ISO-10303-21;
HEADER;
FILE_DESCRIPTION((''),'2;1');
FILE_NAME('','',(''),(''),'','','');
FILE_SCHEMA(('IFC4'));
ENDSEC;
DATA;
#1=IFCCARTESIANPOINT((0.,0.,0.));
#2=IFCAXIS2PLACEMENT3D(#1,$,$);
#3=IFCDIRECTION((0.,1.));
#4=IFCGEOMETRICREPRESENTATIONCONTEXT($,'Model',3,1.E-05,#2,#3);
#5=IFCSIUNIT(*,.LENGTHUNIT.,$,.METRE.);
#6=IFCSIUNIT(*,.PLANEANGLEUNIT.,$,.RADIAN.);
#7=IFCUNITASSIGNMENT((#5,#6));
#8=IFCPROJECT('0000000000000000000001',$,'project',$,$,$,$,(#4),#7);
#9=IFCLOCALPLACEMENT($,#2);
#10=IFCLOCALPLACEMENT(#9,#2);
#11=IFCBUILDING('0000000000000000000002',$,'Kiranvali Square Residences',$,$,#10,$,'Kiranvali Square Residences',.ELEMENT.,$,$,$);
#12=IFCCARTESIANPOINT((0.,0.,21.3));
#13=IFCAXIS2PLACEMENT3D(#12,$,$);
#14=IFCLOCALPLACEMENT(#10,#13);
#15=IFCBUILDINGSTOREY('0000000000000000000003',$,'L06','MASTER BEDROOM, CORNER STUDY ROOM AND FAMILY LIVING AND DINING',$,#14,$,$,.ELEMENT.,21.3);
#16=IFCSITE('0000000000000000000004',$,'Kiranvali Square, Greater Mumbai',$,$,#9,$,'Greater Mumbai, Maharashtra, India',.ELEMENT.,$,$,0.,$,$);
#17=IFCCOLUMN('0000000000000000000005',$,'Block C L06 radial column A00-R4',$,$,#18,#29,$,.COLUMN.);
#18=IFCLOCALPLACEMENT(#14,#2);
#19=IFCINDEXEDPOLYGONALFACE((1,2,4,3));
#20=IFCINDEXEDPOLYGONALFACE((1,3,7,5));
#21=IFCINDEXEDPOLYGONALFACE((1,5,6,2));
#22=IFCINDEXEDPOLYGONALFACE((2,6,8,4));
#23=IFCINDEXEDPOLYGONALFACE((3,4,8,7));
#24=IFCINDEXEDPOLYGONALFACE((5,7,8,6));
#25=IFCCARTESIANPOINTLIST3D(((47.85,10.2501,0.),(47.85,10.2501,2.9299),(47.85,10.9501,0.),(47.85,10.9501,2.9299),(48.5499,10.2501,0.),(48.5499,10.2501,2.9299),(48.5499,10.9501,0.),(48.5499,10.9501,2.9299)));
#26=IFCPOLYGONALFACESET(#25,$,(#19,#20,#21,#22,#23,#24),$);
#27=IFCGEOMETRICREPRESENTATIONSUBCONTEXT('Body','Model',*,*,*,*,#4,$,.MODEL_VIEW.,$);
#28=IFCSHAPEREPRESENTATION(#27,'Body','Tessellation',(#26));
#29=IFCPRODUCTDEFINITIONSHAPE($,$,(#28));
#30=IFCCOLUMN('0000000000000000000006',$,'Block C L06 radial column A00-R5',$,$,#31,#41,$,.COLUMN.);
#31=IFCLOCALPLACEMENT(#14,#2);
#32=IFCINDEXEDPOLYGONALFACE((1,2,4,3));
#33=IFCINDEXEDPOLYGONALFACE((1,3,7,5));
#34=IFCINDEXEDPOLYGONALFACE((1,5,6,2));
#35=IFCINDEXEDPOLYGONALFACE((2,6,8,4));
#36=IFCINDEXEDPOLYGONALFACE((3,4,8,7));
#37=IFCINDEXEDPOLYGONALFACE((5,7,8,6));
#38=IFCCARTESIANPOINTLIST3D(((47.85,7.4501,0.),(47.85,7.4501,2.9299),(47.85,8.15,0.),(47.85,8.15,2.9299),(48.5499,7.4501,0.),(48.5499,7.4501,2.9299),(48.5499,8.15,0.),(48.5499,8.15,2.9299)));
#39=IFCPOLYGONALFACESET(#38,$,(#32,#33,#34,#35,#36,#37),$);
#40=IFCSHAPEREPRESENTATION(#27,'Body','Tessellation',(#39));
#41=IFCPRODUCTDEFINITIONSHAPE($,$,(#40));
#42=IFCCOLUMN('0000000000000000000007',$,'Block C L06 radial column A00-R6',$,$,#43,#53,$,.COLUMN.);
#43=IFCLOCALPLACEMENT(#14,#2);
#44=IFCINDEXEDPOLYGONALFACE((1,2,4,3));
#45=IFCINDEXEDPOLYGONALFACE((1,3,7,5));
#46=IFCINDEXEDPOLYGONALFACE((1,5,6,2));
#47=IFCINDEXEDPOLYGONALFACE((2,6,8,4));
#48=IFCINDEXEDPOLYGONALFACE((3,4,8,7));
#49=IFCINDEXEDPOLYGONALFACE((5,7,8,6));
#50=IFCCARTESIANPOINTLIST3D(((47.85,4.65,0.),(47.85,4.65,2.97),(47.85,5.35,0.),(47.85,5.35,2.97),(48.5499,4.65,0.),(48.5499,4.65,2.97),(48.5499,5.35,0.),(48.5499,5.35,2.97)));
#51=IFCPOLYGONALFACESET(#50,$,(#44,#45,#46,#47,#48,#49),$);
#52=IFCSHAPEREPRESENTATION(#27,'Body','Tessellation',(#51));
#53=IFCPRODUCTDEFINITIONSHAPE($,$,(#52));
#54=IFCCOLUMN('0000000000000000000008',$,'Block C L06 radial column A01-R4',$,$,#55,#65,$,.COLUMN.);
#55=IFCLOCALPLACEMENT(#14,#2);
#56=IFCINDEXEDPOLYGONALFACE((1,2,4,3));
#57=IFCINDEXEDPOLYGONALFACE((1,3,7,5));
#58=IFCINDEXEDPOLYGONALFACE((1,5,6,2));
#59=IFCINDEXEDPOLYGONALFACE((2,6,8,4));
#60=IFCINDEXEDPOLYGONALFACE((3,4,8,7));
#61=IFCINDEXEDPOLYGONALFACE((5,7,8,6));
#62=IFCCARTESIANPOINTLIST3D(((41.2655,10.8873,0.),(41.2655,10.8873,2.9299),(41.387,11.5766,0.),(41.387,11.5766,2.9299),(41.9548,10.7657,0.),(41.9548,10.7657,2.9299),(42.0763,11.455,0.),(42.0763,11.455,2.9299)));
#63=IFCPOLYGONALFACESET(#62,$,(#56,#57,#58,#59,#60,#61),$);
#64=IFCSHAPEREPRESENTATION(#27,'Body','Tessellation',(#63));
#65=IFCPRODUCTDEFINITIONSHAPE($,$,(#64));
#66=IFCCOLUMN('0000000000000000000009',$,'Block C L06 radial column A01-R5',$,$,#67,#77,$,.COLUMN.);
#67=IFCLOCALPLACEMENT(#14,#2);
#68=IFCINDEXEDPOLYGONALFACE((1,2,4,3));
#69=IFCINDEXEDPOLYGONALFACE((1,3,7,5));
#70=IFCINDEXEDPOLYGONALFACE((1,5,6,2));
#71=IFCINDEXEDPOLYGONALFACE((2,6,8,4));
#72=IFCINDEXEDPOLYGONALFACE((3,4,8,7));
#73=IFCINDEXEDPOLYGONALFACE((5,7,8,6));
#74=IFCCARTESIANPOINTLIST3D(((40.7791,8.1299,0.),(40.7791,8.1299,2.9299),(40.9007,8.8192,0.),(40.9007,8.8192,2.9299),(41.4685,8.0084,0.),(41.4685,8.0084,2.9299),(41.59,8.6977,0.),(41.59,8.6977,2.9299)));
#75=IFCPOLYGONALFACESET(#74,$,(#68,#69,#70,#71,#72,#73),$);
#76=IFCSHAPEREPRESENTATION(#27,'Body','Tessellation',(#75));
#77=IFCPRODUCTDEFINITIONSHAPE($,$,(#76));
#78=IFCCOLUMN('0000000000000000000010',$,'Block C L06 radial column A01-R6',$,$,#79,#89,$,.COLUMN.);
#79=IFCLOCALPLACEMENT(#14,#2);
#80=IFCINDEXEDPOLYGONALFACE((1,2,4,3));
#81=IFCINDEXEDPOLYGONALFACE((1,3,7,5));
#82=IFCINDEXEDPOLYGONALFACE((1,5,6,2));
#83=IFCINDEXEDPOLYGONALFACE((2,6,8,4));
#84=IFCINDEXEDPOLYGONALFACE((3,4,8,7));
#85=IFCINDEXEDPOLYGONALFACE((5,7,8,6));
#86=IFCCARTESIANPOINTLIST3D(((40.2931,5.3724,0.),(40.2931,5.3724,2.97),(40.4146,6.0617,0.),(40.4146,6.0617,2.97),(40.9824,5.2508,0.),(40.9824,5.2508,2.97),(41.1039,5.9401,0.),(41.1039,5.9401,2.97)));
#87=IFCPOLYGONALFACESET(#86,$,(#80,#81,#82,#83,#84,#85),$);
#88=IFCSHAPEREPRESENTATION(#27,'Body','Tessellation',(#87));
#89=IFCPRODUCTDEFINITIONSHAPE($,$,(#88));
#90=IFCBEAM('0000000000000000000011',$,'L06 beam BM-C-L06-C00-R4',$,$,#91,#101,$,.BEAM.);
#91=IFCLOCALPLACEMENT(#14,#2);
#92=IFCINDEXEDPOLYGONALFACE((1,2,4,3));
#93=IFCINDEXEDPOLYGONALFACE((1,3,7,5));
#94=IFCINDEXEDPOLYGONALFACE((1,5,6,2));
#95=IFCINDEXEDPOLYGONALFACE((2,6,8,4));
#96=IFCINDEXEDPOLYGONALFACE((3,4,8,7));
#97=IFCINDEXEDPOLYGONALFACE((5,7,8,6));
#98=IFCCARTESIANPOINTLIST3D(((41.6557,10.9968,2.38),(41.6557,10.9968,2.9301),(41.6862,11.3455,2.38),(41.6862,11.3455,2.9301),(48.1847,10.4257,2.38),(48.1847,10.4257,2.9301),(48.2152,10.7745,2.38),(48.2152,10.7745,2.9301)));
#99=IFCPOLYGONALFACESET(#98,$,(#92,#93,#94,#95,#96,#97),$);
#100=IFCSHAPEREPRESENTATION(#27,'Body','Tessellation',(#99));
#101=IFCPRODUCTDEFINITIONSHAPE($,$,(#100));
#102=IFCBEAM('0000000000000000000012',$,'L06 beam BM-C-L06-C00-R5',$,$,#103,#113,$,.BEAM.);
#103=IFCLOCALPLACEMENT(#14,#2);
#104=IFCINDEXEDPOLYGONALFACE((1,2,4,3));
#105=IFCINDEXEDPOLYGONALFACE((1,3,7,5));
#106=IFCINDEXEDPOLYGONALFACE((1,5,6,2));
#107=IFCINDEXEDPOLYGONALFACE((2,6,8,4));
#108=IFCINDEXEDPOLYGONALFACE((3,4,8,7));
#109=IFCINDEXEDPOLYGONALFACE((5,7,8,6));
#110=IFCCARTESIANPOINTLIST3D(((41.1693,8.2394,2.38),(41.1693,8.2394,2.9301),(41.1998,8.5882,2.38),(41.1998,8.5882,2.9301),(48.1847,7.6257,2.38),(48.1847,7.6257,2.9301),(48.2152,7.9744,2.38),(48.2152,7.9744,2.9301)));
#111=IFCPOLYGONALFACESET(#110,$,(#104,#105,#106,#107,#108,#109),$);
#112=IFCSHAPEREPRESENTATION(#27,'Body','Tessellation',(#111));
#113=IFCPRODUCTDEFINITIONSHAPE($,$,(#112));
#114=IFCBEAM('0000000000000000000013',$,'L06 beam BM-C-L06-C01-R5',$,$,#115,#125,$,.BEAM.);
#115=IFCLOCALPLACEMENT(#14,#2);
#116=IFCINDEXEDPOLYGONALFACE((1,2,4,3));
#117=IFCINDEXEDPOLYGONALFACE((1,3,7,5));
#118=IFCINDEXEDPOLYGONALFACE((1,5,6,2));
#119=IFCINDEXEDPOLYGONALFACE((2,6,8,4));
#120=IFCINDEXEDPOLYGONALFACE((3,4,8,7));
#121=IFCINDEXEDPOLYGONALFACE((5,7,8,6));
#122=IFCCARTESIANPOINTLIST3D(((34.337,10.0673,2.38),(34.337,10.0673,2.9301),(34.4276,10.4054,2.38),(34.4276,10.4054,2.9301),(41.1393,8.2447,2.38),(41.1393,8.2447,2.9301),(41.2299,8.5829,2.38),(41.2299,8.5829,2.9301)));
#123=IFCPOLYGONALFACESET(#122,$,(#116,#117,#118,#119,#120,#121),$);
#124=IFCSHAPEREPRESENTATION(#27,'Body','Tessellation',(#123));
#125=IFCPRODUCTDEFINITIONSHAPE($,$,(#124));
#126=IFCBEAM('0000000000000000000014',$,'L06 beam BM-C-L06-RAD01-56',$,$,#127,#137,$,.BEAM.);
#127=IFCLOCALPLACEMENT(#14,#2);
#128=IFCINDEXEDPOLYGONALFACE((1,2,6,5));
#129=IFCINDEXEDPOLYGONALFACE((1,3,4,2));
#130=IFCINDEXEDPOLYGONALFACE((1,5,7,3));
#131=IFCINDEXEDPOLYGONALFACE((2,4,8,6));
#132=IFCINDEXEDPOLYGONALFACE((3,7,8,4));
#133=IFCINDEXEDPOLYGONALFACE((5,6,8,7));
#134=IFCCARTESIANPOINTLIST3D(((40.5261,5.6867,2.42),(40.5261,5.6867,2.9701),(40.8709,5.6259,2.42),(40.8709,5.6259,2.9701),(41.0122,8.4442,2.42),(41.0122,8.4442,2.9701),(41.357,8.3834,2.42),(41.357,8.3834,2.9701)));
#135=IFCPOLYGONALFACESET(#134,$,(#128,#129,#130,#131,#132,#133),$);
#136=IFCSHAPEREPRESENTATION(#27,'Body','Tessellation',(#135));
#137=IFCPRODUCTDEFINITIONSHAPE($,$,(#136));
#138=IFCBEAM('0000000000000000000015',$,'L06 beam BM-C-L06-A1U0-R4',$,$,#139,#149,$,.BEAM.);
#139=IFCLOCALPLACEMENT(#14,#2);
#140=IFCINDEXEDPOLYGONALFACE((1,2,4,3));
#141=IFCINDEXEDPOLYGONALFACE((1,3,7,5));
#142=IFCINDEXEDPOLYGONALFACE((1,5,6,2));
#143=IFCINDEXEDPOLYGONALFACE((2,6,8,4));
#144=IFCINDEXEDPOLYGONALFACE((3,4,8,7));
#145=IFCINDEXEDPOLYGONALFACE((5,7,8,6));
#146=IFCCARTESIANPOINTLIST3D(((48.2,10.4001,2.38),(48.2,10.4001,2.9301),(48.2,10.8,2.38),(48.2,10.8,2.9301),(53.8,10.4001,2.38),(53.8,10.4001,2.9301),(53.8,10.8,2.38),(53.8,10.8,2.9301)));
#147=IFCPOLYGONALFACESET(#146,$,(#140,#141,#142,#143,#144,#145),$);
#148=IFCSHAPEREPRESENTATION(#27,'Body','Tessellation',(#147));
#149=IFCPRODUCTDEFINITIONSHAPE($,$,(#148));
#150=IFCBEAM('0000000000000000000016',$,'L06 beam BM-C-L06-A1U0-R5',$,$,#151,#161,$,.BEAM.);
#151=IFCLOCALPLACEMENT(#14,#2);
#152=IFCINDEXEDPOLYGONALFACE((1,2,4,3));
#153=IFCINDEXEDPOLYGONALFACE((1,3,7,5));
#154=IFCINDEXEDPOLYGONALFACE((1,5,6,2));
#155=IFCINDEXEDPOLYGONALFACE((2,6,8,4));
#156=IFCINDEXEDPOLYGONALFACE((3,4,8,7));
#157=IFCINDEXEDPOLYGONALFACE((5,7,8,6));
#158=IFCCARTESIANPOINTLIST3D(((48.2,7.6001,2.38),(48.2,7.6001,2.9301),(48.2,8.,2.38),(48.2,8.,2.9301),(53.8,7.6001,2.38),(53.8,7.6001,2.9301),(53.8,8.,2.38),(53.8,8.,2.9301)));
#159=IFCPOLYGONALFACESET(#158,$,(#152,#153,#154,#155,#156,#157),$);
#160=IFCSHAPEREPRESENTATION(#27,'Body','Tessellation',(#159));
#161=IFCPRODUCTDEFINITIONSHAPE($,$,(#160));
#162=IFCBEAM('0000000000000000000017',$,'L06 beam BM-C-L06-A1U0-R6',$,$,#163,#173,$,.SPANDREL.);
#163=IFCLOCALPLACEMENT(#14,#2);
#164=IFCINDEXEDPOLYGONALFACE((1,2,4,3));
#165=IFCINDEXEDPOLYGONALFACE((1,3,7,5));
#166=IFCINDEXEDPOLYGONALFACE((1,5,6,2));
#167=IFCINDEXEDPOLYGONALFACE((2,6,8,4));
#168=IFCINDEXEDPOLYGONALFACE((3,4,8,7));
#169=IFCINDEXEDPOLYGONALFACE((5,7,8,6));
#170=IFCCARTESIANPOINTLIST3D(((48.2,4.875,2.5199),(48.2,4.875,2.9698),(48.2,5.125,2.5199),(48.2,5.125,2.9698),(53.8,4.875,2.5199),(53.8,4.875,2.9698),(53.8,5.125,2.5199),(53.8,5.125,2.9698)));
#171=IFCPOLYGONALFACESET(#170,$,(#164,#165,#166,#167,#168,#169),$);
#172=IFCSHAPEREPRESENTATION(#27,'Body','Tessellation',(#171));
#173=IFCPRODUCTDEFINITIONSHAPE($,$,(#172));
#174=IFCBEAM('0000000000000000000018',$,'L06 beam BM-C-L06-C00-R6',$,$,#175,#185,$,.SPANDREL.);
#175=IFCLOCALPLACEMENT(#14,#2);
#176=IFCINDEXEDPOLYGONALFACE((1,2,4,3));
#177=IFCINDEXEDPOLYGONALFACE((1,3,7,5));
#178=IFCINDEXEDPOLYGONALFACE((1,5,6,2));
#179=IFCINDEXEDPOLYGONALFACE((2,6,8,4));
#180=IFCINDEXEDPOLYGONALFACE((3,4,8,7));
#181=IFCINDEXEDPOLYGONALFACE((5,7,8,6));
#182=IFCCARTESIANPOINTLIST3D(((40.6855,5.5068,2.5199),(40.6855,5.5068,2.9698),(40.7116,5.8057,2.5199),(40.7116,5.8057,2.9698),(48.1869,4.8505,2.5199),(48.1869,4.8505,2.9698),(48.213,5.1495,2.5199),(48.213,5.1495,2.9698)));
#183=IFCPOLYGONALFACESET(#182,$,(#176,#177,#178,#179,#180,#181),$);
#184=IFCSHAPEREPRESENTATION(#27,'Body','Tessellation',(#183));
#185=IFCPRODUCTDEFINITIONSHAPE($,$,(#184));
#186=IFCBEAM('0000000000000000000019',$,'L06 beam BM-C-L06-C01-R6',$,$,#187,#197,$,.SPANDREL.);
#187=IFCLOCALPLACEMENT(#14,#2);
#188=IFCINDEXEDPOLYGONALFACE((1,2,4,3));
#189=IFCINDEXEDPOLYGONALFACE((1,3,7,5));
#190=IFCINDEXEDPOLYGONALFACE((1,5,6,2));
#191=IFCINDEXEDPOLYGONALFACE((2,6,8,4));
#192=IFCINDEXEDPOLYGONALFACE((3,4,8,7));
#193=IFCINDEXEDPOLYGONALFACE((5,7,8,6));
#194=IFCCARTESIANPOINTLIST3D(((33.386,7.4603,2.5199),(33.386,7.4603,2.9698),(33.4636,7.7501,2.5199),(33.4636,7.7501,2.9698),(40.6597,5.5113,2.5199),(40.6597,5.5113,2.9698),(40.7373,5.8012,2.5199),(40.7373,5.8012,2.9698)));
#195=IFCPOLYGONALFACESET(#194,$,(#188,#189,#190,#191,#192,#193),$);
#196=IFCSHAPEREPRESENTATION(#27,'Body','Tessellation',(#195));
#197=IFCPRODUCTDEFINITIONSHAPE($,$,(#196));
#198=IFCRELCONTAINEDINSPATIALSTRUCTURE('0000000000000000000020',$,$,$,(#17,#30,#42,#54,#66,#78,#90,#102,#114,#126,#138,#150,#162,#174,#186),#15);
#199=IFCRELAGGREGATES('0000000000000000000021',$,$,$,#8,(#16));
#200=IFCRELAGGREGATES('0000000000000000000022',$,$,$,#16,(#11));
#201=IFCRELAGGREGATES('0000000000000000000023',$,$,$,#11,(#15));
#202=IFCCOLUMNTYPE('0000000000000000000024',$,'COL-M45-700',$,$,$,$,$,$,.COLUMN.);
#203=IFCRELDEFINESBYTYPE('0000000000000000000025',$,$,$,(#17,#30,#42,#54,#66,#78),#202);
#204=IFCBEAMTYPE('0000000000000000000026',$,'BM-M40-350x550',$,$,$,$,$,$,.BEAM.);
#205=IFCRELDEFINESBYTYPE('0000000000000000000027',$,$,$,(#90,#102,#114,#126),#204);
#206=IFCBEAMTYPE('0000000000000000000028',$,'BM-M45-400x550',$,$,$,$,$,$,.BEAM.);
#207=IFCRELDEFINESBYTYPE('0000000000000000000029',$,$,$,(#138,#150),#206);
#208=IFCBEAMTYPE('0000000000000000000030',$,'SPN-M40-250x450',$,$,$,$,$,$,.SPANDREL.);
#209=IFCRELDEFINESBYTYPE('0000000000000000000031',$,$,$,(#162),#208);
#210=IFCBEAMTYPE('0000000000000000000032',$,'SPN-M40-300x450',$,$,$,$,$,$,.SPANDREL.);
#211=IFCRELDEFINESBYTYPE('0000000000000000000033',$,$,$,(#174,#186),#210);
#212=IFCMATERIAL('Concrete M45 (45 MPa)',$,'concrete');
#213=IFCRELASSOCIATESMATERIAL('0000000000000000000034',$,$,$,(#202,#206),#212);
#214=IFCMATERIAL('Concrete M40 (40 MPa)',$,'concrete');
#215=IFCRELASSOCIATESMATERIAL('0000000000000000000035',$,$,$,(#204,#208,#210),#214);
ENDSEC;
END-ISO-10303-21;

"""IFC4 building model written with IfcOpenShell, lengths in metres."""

from ifc_helpers import new_model, si_unit, direction, frame, origin, origin_2d, place, context, subcontext, project, spatial, rectangle, extrude, material, material_profile, profile_set, type_object, element, save


model = new_model("IFC4")

# Units and contexts
model_context = context("Model", 3, precision=1e-05, world=origin(), true_north=direction((0.0, 1.0)))
body_context = subcontext(model_context, "Body", "Model", "MODEL_VIEW")
ifc_project = project(units=[si_unit("LENGTHUNIT", "METRE"), si_unit("PLANEANGLEUNIT", "RADIAN")], contexts=[model_context])

# Site, building, storey
site_placement = place(None, origin())
site = spatial("IfcSite", under=ifc_project, at=site_placement, Name="Kiranvali Square, Greater Mumbai", LongName="Greater Mumbai, Maharashtra, India", CompositionType="ELEMENT", RefElevation=0.0)
building_placement = place(site_placement, origin())
building = spatial("IfcBuilding", under=site, at=building_placement, Name="Kiranvali Square Residences", LongName="Kiranvali Square Residences", CompositionType="ELEMENT")
storey_placement = place(building_placement, frame((0.0, 0.0, 21.3)))
storey = spatial("IfcBuildingStorey", under=building, at=storey_placement, Name="L06", Description="MASTER BEDROOM, CORNER STUDY ROOM AND FAMILY LIVING AND DINING", CompositionType="ELEMENT", Elevation=21.3)

# Columns
ifc_material_1 = material(Name="Concrete M45 (45 MPa)", Category="concrete")
ifc_material_profile_1 = material_profile(ifc_material_1, rectangle(XDim=0.7, YDim=0.7, at=origin_2d()), Name="RC 700x700")
ifc_profile_set_1 = profile_set([ifc_material_profile_1], Name="Concrete M45 (45 MPa)")
column_type = type_object("IfcColumnType", Name="COL-M45-700", PredefinedType="COLUMN", material=ifc_profile_set_1)
for number, where, z_axis, x_axis, name in (
    (1, (48.2, 10.6001, 0.0), (0.0, 0.0, 1.0), (1.0, 0.0, 0.0), "Block C L06 radial column A00-R4"),
    (2, (48.2, 7.8, 0.0), (0.0, 0.0, 1.0), (1.0, 0.0, 0.0), "Block C L06 radial column A00-R5"),
):
    element("IfcColumn", number, at=place(storey_placement, frame(where, z_axis=z_axis, x_axis=x_axis)), inside=storey, type_object=column_type, Name=name, PredefinedType="COLUMN", context=body_context, shape_type="SweptSolid", body=[
        extrude(rectangle(XDim=0.7, YDim=0.7, at=origin_2d()), origin(), (0.0, 0.0, 1.0), 2.9299),
    ])
column_1_placement = place(storey_placement, frame((48.2, 5.0, 0.0), z_axis=(0.0, 0.0, 1.0), x_axis=(1.0, 0.0, 0.0)))
element("IfcColumn", 3, at=column_1_placement, inside=storey, type_object=column_type, Name="Block C L06 radial column A00-R6", PredefinedType="COLUMN", context=body_context, shape_type="SweptSolid", body=[
    extrude(rectangle(XDim=0.7, YDim=0.7, at=origin_2d()), origin(), (0.0, 0.0, 1.0), 2.97),
])
for number, where, z_axis, x_axis, name in (
    (4, (41.6709, 11.1711, 0.0), (0.0, 0.0, 1.0), (-0.984808, 0.173648, 0.0), "Block C L06 radial column A01-R4"),
    (5, (41.1846, 8.4138, 0.0), (0.0, 0.0, 1.0), (-0.984808, 0.173648, 0.0), "Block C L06 radial column A01-R5"),
):
    element("IfcColumn", number, at=place(storey_placement, frame(where, z_axis=z_axis, x_axis=x_axis)), inside=storey, type_object=column_type, Name=name, PredefinedType="COLUMN", context=body_context, shape_type="SweptSolid", body=[
        extrude(rectangle(XDim=0.7, YDim=0.7, at=origin_2d()), origin(), (0.0, 0.0, 1.0), 2.9299),
    ])
column_2_placement = place(storey_placement, frame((40.6985, 5.6562, 0.0), z_axis=(0.0, 0.0, 1.0), x_axis=(-0.984808, 0.173648, 0.0)))
element("IfcColumn", 6, at=column_2_placement, inside=storey, type_object=column_type, Name="Block C L06 radial column A01-R6", PredefinedType="COLUMN", context=body_context, shape_type="SweptSolid", body=[
    extrude(rectangle(XDim=0.7, YDim=0.7, at=origin_2d()), origin(), (0.0, 0.0, 1.0), 2.97),
])

# Beams
ifc_material_2 = material(Name="Concrete M40 (40 MPa)", Category="concrete")
ifc_material_profile_2 = material_profile(ifc_material_2, rectangle(XDim=0.3501, YDim=0.55, at=origin_2d()), Name="RC 350x550")
ifc_profile_set_2 = profile_set([ifc_material_profile_2], Name="Concrete M40 (40 MPa)")
beam_type_1 = type_object("IfcBeamType", Name="BM-M40-350x550", PredefinedType="BEAM", material=ifc_profile_set_2)
beam_1_placement = place(storey_placement, frame((48.2, 10.6001, 2.655), z_axis=(-0.996197, 0.08713, 0.0), x_axis=(-0.08713, -0.996197, 0.0)))
element("IfcBeam", 7, at=beam_1_placement, inside=storey, type_object=beam_type_1, Name="L06 beam BM-C-L06-C00-R4", PredefinedType="BEAM", context=body_context, shape_type="SweptSolid", body=[
    extrude(rectangle(XDim=0.3501, YDim=0.55, at=origin_2d()), origin(), (0.0, 0.0, 1.0), 6.554),
])
for number, where, z_axis, x_axis, name in (
    (8, (48.2, 7.8, 2.655), (-0.996195, 0.087156, 0.0), (-0.087156, -0.996195, 0.0), "L06 beam BM-C-L06-C00-R5"),
    (9, (41.1846, 8.4138, 2.655), (-0.965931, 0.2588, 0.0), (-0.2588, -0.965931, 0.0), "L06 beam BM-C-L06-C01-R5"),
):
    element("IfcBeam", number, at=place(storey_placement, frame(where, z_axis=z_axis, x_axis=x_axis)), inside=storey, type_object=beam_type_1, Name=name, PredefinedType="BEAM", context=body_context, shape_type="SweptSolid", body=[
        extrude(rectangle(XDim=0.3501, YDim=0.55, at=origin_2d()), origin(), (0.0, 0.0, 1.0), 7.0422),
    ])
beam_2_placement = place(storey_placement, frame((41.1846, 8.4138, 2.6951), z_axis=(-0.173596, -0.984817, 0.0), x_axis=(0.984817, -0.173596, 0.0)))
element("IfcBeam", 10, at=beam_2_placement, inside=storey, type_object=beam_type_1, Name="L06 beam BM-C-L06-RAD01-56", PredefinedType="BEAM", context=body_context, shape_type="SweptSolid", body=[
    extrude(rectangle(XDim=0.3501, YDim=0.55, at=origin_2d()), origin(), (0.0, 0.0, 1.0), 2.8),
])
ifc_material_profile_3 = material_profile(ifc_material_1, rectangle(XDim=0.3999, YDim=0.55, at=origin_2d()), Name="RC 400x550")
ifc_profile_set_3 = profile_set([ifc_material_profile_3], Name="Concrete M45 (45 MPa)")
beam_type_2 = type_object("IfcBeamType", Name="BM-M45-400x550", PredefinedType="BEAM", material=ifc_profile_set_3)
for number, where, z_axis, x_axis, name in (
    (11, (48.2, 10.6001, 2.655), (1.0, 0.0, 0.0), (0.0, 1.0, 0.0), "L06 beam BM-C-L06-A1U0-R4"),
    (12, (48.2, 7.8, 2.655), (1.0, 0.0, 0.0), (0.0, 1.0, 0.0), "L06 beam BM-C-L06-A1U0-R5"),
):
    element("IfcBeam", number, at=place(storey_placement, frame(where, z_axis=z_axis, x_axis=x_axis)), inside=storey, type_object=beam_type_2, Name=name, PredefinedType="BEAM", context=body_context, shape_type="SweptSolid", body=[
        extrude(rectangle(XDim=0.3999, YDim=0.55, at=origin_2d()), origin(), (0.0, 0.0, 1.0), 5.6001),
    ])
ifc_material_profile_4 = material_profile(ifc_material_2, rectangle(XDim=0.25, YDim=0.45, at=origin_2d()), Name="RC 250x450")
ifc_profile_set_4 = profile_set([ifc_material_profile_4], Name="Concrete M40 (40 MPa)")
beam_type_3 = type_object("IfcBeamType", Name="SPN-M40-250x450", PredefinedType="SPANDREL", material=ifc_profile_set_4)
beam_3_placement = place(storey_placement, frame((48.2, 5.0, 2.7449), z_axis=(1.0, 0.0, 0.0), x_axis=(0.0, 1.0, 0.0)))
element("IfcBeam", 13, at=beam_3_placement, inside=storey, type_object=beam_type_3, Name="L06 beam BM-C-L06-A1U0-R6", PredefinedType="SPANDREL", context=body_context, shape_type="SweptSolid", body=[
    extrude(rectangle(XDim=0.25, YDim=0.45, at=origin_2d()), origin(), (0.0, 0.0, 1.0), 5.6001),
])
ifc_material_profile_5 = material_profile(ifc_material_2, rectangle(XDim=0.3, YDim=0.45, at=origin_2d()), Name="RC 300x450")
ifc_profile_set_5 = profile_set([ifc_material_profile_5], Name="Concrete M40 (40 MPa)")
beam_type_4 = type_object("IfcBeamType", Name="SPN-M40-300x450", PredefinedType="SPANDREL", material=ifc_profile_set_5)
beam_4_placement = place(storey_placement, frame((48.2, 5.0, 2.7449), z_axis=(-0.996195, 0.08715, 0.0), x_axis=(-0.08715, -0.996195, 0.0)))
element("IfcBeam", 14, at=beam_4_placement, inside=storey, type_object=beam_type_4, Name="L06 beam BM-C-L06-C00-R6", PredefinedType="SPANDREL", context=body_context, shape_type="SweptSolid", body=[
    extrude(rectangle(XDim=0.3, YDim=0.45, at=origin_2d()), origin(), (0.0, 0.0, 1.0), 7.53),
])
beam_5_placement = place(storey_placement, frame((40.6985, 5.6562, 2.7449), z_axis=(-0.965926, 0.258819, 0.0), x_axis=(-0.258819, -0.965926, 0.0)))
element("IfcBeam", 15, at=beam_5_placement, inside=storey, type_object=beam_type_4, Name="L06 beam BM-C-L06-C01-R6", PredefinedType="SPANDREL", context=body_context, shape_type="SweptSolid", body=[
    extrude(rectangle(XDim=0.3, YDim=0.45, at=origin_2d()), origin(), (0.0, 0.0, 1.0), 7.5303),
])

save(model, "model.ifc")
